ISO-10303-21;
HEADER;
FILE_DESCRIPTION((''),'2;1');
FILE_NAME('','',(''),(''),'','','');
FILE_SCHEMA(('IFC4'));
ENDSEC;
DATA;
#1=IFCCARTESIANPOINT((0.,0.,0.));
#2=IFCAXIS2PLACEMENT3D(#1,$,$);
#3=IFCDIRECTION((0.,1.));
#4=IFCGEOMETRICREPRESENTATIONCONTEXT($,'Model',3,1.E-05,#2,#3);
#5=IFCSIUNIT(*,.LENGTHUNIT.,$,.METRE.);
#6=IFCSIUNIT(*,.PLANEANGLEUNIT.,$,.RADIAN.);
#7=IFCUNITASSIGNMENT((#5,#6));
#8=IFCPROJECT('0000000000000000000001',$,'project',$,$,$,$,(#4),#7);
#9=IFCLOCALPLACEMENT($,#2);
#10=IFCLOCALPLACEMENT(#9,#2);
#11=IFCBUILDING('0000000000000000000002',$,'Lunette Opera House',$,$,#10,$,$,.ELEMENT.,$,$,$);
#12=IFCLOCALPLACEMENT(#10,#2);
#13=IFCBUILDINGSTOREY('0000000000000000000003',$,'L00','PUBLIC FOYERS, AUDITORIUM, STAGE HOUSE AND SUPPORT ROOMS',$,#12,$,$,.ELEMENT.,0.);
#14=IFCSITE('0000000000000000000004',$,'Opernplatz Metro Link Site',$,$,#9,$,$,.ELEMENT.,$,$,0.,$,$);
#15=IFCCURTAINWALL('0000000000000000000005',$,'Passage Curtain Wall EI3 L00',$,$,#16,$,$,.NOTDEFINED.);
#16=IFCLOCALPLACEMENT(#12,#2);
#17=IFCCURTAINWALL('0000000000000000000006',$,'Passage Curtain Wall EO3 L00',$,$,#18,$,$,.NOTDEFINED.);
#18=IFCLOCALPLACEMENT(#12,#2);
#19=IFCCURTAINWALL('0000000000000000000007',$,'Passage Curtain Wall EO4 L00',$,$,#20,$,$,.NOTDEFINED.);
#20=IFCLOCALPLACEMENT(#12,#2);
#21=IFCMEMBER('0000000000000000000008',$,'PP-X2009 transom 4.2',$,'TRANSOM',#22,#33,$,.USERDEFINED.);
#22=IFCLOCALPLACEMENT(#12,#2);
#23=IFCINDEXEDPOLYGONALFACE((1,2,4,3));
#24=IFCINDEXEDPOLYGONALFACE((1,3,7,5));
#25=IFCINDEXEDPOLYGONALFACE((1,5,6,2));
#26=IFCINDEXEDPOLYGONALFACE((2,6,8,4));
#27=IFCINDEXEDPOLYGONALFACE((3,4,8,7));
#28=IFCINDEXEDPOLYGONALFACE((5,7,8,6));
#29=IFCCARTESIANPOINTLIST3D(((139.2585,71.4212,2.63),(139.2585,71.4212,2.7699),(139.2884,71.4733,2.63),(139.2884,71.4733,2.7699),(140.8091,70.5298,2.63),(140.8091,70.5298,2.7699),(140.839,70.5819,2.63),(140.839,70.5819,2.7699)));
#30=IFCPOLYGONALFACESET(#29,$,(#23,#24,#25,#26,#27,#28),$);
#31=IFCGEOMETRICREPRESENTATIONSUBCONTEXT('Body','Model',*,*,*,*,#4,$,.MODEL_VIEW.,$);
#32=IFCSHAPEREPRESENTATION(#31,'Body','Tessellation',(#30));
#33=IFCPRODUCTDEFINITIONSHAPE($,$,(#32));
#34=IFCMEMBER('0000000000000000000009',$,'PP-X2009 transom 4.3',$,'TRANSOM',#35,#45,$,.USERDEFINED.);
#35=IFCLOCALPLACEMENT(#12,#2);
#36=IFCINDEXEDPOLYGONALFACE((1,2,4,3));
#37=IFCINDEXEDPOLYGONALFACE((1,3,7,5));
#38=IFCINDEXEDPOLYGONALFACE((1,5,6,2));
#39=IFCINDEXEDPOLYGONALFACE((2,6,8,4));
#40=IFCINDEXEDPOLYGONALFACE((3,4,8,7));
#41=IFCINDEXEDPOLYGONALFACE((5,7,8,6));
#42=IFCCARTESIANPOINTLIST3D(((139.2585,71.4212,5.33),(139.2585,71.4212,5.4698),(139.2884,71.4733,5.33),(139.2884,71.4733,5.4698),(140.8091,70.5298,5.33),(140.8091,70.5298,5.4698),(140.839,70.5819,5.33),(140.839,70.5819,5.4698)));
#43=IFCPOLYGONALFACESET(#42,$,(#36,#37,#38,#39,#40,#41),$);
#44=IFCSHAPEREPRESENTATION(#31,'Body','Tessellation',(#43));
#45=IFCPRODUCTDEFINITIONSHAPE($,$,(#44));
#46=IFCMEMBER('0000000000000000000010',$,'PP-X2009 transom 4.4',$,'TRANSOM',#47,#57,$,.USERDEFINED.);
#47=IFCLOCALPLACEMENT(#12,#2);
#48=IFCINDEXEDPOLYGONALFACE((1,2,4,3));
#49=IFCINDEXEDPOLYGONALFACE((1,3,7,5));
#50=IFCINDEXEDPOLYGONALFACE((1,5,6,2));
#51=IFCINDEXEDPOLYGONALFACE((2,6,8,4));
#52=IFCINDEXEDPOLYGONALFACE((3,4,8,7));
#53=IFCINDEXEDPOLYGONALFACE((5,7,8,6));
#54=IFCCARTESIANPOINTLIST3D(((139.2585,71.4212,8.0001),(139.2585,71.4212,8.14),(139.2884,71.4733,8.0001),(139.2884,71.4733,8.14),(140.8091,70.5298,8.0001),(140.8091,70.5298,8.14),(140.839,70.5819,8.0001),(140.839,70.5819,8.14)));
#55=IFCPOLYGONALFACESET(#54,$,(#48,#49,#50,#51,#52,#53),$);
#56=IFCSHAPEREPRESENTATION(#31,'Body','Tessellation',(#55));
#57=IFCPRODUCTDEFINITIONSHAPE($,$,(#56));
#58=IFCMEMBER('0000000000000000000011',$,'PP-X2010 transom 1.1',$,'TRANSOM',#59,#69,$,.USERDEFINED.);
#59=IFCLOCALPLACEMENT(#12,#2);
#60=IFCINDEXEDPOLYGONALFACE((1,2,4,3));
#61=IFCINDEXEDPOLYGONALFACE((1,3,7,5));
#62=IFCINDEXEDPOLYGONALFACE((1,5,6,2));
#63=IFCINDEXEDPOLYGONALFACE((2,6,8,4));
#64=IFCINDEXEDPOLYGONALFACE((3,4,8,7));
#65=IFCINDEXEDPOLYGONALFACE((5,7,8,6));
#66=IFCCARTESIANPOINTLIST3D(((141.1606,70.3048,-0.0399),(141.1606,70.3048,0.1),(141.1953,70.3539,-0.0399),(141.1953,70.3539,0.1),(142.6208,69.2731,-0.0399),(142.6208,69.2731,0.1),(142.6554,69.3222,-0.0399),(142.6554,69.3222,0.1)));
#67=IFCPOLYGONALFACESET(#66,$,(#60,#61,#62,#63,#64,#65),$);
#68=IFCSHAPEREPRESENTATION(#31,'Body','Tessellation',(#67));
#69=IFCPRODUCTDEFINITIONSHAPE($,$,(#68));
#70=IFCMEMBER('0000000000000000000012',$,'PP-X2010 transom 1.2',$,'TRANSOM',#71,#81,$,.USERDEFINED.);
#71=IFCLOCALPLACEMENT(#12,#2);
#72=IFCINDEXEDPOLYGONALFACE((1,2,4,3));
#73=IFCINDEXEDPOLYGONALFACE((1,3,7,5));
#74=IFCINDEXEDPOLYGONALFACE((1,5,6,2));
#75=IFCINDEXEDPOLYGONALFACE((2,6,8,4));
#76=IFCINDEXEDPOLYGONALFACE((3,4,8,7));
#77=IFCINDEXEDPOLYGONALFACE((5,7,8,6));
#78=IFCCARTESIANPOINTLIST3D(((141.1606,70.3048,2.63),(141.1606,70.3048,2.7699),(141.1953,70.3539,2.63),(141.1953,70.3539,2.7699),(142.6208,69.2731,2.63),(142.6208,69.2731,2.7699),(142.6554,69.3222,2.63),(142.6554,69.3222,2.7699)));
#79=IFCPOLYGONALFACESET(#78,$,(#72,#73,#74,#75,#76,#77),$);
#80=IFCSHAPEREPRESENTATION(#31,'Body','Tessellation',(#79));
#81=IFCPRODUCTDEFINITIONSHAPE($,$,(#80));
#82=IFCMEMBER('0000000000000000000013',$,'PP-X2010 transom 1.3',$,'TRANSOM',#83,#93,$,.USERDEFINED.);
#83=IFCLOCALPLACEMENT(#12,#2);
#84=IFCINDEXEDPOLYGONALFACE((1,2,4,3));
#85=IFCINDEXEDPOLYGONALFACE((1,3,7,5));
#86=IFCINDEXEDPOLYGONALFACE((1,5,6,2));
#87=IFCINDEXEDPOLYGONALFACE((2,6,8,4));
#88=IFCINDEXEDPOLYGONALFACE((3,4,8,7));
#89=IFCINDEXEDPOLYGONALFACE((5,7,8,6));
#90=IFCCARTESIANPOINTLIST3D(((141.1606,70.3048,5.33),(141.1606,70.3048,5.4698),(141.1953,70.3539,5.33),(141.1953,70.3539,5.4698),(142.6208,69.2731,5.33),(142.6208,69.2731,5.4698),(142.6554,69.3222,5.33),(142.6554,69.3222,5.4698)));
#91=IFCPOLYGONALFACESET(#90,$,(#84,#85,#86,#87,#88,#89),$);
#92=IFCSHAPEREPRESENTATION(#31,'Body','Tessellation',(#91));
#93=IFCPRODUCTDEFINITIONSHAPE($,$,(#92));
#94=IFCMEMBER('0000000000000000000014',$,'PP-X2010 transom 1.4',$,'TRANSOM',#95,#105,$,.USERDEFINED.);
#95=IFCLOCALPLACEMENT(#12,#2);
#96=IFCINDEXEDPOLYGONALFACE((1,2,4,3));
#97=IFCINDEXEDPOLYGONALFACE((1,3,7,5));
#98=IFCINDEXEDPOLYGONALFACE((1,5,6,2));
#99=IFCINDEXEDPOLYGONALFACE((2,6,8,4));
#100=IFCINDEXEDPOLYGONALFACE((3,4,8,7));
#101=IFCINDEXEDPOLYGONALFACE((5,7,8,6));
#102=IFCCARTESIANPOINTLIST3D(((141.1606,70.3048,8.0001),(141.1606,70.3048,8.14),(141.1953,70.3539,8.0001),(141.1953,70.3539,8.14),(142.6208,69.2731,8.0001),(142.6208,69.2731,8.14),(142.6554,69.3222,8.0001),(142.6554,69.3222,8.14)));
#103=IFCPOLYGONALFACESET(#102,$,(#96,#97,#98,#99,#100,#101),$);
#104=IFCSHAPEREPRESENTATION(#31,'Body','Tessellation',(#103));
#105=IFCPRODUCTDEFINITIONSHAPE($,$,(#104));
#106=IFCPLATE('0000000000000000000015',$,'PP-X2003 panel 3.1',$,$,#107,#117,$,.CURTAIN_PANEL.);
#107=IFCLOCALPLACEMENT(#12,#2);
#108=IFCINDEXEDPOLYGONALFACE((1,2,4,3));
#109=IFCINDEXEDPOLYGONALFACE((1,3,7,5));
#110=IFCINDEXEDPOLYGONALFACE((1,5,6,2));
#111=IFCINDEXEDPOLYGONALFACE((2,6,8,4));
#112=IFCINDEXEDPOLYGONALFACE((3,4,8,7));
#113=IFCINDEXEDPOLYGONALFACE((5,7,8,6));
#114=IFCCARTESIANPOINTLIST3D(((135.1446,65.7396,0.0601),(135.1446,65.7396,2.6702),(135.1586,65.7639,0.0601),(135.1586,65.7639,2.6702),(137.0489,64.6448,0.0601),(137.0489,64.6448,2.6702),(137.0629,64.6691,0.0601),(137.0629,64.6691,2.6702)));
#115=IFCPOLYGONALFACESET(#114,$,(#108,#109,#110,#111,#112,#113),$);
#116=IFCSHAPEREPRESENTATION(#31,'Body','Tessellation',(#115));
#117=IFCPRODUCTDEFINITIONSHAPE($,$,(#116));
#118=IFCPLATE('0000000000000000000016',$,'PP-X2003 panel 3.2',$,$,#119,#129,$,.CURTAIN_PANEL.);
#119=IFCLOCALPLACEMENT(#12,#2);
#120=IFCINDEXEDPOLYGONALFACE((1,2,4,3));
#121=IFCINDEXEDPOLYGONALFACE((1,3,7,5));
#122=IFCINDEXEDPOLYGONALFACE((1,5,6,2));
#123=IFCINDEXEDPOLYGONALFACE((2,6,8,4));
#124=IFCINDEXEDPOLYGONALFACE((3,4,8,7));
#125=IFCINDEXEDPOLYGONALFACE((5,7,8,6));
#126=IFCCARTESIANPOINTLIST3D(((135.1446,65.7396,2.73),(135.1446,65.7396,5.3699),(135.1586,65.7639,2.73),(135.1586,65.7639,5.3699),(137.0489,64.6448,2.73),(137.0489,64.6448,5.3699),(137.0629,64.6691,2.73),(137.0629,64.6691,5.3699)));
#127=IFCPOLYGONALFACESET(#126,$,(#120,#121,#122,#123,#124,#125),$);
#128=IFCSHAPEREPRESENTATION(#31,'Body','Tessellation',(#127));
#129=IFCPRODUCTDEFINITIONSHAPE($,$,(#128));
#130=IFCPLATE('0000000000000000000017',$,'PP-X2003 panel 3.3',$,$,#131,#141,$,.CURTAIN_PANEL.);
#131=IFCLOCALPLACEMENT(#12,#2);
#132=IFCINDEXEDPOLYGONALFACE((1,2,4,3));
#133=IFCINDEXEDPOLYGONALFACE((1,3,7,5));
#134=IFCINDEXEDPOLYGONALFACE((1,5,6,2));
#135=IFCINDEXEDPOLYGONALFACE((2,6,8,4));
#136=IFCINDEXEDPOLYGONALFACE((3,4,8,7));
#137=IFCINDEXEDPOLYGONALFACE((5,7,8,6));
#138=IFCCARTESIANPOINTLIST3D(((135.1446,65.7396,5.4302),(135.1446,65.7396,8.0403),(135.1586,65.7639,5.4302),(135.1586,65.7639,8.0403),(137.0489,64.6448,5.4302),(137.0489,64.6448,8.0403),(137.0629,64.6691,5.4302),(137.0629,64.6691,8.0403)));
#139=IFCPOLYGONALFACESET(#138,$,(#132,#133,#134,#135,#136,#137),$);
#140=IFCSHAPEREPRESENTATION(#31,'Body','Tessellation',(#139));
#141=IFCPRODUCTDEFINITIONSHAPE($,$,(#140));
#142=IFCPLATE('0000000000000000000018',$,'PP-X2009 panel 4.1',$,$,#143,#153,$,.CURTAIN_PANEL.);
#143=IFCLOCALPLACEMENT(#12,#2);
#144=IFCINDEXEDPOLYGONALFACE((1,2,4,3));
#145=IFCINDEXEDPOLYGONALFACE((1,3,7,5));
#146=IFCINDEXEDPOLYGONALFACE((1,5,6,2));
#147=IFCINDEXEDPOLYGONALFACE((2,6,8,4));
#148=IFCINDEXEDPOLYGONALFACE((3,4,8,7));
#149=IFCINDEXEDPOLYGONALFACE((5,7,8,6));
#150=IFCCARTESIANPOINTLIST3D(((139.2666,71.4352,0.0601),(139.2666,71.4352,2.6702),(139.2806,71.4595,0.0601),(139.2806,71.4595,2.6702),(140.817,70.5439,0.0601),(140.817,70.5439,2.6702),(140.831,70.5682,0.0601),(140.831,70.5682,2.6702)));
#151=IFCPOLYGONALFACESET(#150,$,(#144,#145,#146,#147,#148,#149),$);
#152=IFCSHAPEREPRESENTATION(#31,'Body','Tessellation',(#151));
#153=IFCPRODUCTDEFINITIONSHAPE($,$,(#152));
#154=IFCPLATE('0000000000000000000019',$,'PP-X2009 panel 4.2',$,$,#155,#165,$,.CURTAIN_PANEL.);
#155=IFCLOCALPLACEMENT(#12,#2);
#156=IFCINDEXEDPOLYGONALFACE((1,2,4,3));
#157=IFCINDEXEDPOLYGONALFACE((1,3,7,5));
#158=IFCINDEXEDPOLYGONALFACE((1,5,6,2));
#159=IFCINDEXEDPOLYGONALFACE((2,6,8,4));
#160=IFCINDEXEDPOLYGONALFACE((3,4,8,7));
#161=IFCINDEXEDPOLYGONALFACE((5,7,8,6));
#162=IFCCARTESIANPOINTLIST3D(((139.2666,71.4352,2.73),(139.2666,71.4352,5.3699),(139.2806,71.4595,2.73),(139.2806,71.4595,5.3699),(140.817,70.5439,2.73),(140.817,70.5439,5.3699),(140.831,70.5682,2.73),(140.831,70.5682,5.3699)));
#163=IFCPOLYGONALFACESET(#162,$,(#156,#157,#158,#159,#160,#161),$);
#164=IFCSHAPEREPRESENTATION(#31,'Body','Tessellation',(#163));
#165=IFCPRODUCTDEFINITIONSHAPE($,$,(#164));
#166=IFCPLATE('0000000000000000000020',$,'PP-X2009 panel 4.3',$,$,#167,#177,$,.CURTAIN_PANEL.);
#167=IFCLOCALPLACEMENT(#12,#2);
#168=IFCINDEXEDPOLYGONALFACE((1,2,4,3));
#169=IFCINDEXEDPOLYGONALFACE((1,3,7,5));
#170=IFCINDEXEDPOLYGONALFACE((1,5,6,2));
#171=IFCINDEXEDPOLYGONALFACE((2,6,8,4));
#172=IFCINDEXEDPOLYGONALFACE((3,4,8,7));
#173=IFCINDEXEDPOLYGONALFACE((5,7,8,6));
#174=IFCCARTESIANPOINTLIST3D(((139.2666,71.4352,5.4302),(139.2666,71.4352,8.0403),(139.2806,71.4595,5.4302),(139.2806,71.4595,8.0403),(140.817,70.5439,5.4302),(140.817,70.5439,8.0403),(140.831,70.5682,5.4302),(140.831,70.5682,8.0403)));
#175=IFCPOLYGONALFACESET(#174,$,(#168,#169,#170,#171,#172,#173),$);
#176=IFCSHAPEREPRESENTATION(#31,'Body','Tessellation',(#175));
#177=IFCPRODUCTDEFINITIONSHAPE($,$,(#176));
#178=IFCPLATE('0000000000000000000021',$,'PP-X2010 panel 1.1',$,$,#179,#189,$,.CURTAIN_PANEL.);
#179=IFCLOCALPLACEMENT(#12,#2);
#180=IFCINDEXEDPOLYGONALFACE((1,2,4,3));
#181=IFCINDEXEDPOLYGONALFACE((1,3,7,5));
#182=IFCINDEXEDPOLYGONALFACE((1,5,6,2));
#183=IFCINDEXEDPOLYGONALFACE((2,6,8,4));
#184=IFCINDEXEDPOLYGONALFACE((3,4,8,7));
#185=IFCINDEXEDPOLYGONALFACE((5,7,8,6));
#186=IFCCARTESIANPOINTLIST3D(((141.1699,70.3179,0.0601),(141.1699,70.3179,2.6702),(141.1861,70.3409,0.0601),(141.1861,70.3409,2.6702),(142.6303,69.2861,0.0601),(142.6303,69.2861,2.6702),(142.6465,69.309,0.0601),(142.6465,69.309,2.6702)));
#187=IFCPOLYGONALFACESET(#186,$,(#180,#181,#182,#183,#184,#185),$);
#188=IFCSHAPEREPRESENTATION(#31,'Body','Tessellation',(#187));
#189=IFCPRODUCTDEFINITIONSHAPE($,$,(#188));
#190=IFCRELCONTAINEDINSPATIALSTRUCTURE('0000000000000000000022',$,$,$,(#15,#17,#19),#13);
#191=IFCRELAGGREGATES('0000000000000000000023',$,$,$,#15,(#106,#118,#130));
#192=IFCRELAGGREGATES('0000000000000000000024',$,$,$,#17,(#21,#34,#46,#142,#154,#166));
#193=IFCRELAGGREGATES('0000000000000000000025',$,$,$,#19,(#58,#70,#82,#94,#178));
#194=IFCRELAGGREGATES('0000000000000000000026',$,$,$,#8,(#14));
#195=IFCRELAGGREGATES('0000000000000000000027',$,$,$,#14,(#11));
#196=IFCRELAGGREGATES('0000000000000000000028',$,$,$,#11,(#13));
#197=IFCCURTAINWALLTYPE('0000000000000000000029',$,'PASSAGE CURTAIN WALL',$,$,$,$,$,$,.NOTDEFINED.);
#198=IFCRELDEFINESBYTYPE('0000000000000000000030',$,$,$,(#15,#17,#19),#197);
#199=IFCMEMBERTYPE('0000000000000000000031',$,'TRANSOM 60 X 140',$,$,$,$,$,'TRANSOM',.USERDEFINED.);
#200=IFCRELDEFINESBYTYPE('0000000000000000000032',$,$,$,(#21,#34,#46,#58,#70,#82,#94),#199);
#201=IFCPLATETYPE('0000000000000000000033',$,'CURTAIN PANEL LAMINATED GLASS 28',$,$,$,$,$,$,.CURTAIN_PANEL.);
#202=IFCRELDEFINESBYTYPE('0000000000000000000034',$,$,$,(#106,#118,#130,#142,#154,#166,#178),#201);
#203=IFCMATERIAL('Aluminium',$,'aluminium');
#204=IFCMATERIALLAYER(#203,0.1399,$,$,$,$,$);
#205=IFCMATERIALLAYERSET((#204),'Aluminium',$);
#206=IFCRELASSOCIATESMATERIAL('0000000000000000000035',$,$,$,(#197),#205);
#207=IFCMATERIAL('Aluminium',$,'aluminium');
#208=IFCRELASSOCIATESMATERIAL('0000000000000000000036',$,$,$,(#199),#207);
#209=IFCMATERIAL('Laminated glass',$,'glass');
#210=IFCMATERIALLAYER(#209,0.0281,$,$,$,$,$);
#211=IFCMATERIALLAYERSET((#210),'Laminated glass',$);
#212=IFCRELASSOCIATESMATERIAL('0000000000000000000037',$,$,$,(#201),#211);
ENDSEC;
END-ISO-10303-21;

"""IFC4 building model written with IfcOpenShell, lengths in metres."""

from ifc_helpers import new_model, si_unit, direction, frame, origin, origin_2d, place, context, subcontext, project, spatial, rectangle, extrude, material, layer, layer_set, material_profile, profile_set, type_object, element, aggregate, save


model = new_model("IFC4")

# Units and contexts
model_context = context("Model", 3, precision=1e-05, world=origin(), true_north=direction((0.0, 1.0)))
body_context = subcontext(model_context, "Body", "Model", "MODEL_VIEW")
ifc_project = project(units=[si_unit("LENGTHUNIT", "METRE"), si_unit("PLANEANGLEUNIT", "RADIAN")], contexts=[model_context])

# Site, building, storey
site_placement = place(None, origin())
site = spatial("IfcSite", under=ifc_project, at=site_placement, Name="Opernplatz Metro Link Site", CompositionType="ELEMENT", RefElevation=0.0)
building_placement = place(site_placement, origin())
building = spatial("IfcBuilding", under=site, at=building_placement, Name="Lunette Opera House", CompositionType="ELEMENT")
storey_placement = place(building_placement, origin())
storey = spatial("IfcBuildingStorey", under=building, at=storey_placement, Name="L00", Description="PUBLIC FOYERS, AUDITORIUM, STAGE HOUSE AND SUPPORT ROOMS", CompositionType="ELEMENT", Elevation=0.0)

# Curtain wall
ifc_material_1 = material(Name="Aluminium", Category="aluminium")
ifc_layer_1 = layer(ifc_material_1, 0.1399)
ifc_layer_set_1 = layer_set([ifc_layer_1], Name="Aluminium")
curtain_wall_type = type_object("IfcCurtainWallType", Name="PASSAGE CURTAIN WALL", PredefinedType="NOTDEFINED", material=ifc_layer_set_1)
curtain_wall_1_placement = place(storey_placement, origin())
curtain_wall_1 = element("IfcCurtainWall", 1, at=curtain_wall_1_placement, inside=storey, type_object=curtain_wall_type, Name="Passage Curtain Wall EI3 L00", PredefinedType="NOTDEFINED")

# Curtain wall
curtain_wall_2_placement = place(storey_placement, origin())
curtain_wall_2 = element("IfcCurtainWall", 2, at=curtain_wall_2_placement, inside=storey, type_object=curtain_wall_type, Name="Passage Curtain Wall EO3 L00", PredefinedType="NOTDEFINED")

# Curtain wall
curtain_wall_3_placement = place(storey_placement, origin())
curtain_wall_3 = element("IfcCurtainWall", 3, at=curtain_wall_3_placement, inside=storey, type_object=curtain_wall_type, Name="Passage Curtain Wall EO4 L00", PredefinedType="NOTDEFINED")

# Members
ifc_material_2 = material(Name="Aluminium", Category="aluminium")
ifc_material_profile_1 = material_profile(ifc_material_2, rectangle(XDim=0.0601, YDim=0.1399, at=origin_2d()), Name="TRANSOM 60 X 140")
ifc_profile_set_1 = profile_set([ifc_material_profile_1], Name="Aluminium")
member_type_1 = type_object("IfcMemberType", Name="TRANSOM 60 X 140", ElementType="TRANSOM", PredefinedType="USERDEFINED", material=ifc_profile_set_1)
member_1_placement = place(storey_placement, frame((139.2734, 71.4473, 2.7), z_axis=(0.866955, -0.498386, 0.0), x_axis=(0.498386, 0.866955, 0.0)))
member_1 = element("IfcMember", 4, at=member_1_placement, type_object=member_type_1, Name="PP-X2009 transom 4.2", ObjectType="TRANSOM", PredefinedType="USERDEFINED", context=body_context, shape_type="SweptSolid", body=[
    extrude(rectangle(XDim=0.0601, YDim=0.1399, at=origin_2d()), origin(), (0.0, 0.0, 1.0), 1.7886),
])
member_2_placement = place(storey_placement, frame((139.2734, 71.4473, 5.3999), z_axis=(0.866955, -0.498386, 0.0), x_axis=(0.498386, 0.866955, 0.0)))
member_2 = element("IfcMember", 5, at=member_2_placement, type_object=member_type_1, Name="PP-X2009 transom 4.3", ObjectType="TRANSOM", PredefinedType="USERDEFINED", context=body_context, shape_type="SweptSolid", body=[
    extrude(rectangle(XDim=0.0601, YDim=0.1399, at=origin_2d()), origin(), (0.0, 0.0, 1.0), 1.7886),
])
member_3_placement = place(storey_placement, frame((139.2734, 71.4473, 8.0701), z_axis=(0.866955, -0.498386, 0.0), x_axis=(0.498386, 0.866955, 0.0)))
member_3 = element("IfcMember", 6, at=member_3_placement, type_object=member_type_1, Name="PP-X2009 transom 4.4", ObjectType="TRANSOM", PredefinedType="USERDEFINED", context=body_context, shape_type="SweptSolid", body=[
    extrude(rectangle(XDim=0.0601, YDim=0.1399, at=origin_2d()), origin(), (0.0, 0.0, 1.0), 1.7886),
])
member_4_placement = place(storey_placement, frame((141.178, 70.3293, 0.03), z_axis=(0.816703, -0.577058, 0.0), x_axis=(0.577058, 0.816703, 0.0)))
member_4 = element("IfcMember", 7, at=member_4_placement, type_object=member_type_1, Name="PP-X2010 transom 1.1", ObjectType="TRANSOM", PredefinedType="USERDEFINED", context=body_context, shape_type="SweptSolid", body=[
    extrude(rectangle(XDim=0.0601, YDim=0.1399, at=origin_2d()), origin(), (0.0, 0.0, 1.0), 1.7878),
])
member_5_placement = place(storey_placement, frame((141.178, 70.3293, 2.7), z_axis=(0.816703, -0.577058, 0.0), x_axis=(0.577058, 0.816703, 0.0)))
member_5 = element("IfcMember", 8, at=member_5_placement, type_object=member_type_1, Name="PP-X2010 transom 1.2", ObjectType="TRANSOM", PredefinedType="USERDEFINED", context=body_context, shape_type="SweptSolid", body=[
    extrude(rectangle(XDim=0.0601, YDim=0.1399, at=origin_2d()), origin(), (0.0, 0.0, 1.0), 1.7878),
])
member_6_placement = place(storey_placement, frame((141.178, 70.3293, 5.3999), z_axis=(0.816703, -0.577058, 0.0), x_axis=(0.577058, 0.816703, 0.0)))
member_6 = element("IfcMember", 9, at=member_6_placement, type_object=member_type_1, Name="PP-X2010 transom 1.3", ObjectType="TRANSOM", PredefinedType="USERDEFINED", context=body_context, shape_type="SweptSolid", body=[
    extrude(rectangle(XDim=0.0601, YDim=0.1399, at=origin_2d()), origin(), (0.0, 0.0, 1.0), 1.7878),
])
member_7_placement = place(storey_placement, frame((141.178, 70.3293, 8.0701), z_axis=(0.816703, -0.577058, 0.0), x_axis=(0.577058, 0.816703, 0.0)))
member_7 = element("IfcMember", 10, at=member_7_placement, type_object=member_type_1, Name="PP-X2010 transom 1.4", ObjectType="TRANSOM", PredefinedType="USERDEFINED", context=body_context, shape_type="SweptSolid", body=[
    extrude(rectangle(XDim=0.0601, YDim=0.1399, at=origin_2d()), origin(), (0.0, 0.0, 1.0), 1.7878),
])

# Plates
ifc_material_3 = material(Name="Laminated glass", Category="glass")
ifc_layer_2 = layer(ifc_material_3, 0.0281)
ifc_layer_set_2 = layer_set([ifc_layer_2], Name="Laminated glass")
plate_type_1 = type_object("IfcPlateType", Name="CURTAIN PANEL LAMINATED GLASS 28", PredefinedType="CURTAIN_PANEL", material=ifc_layer_set_2)
plate_1_placement = place(storey_placement, frame((136.1038, 65.2043, 0.0601), z_axis=(0.0, 0.0, 1.0), x_axis=(0.866939, -0.498414, 0.0)))
plate_1 = element("IfcPlate", 11, at=plate_1_placement, type_object=plate_type_1, Name="PP-X2003 panel 3.1", PredefinedType="CURTAIN_PANEL", context=body_context, shape_type="SweptSolid", body=[
    extrude(rectangle(XDim=2.1965, YDim=0.0281, at=origin_2d()), origin(), (0.0, 0.0, 1.0), 2.6101),
])
plate_2_placement = place(storey_placement, frame((136.1038, 65.2043, 2.73), z_axis=(0.0, 0.0, 1.0), x_axis=(0.866939, -0.498414, 0.0)))
plate_2 = element("IfcPlate", 12, at=plate_2_placement, type_object=plate_type_1, Name="PP-X2003 panel 3.2", PredefinedType="CURTAIN_PANEL", context=body_context, shape_type="SweptSolid", body=[
    extrude(rectangle(XDim=2.1965, YDim=0.0281, at=origin_2d()), origin(), (0.0, 0.0, 1.0), 2.6399),
])
plate_3_placement = place(storey_placement, frame((136.1038, 65.2043, 5.4302), z_axis=(0.0, 0.0, 1.0), x_axis=(0.866939, -0.498414, 0.0)))
plate_3 = element("IfcPlate", 13, at=plate_3_placement, type_object=plate_type_1, Name="PP-X2003 panel 3.3", PredefinedType="CURTAIN_PANEL", context=body_context, shape_type="SweptSolid", body=[
    extrude(rectangle(XDim=2.1965, YDim=0.0281, at=origin_2d()), origin(), (0.0, 0.0, 1.0), 2.6101),
])
aggregate(curtain_wall_1, [plate_1, plate_2, plate_3])
plate_4_placement = place(storey_placement, frame((140.0488, 71.0017, 0.0601), z_axis=(0.0, 0.0, 1.0), x_axis=(0.866938, -0.498416, 0.0)))
plate_4 = element("IfcPlate", 14, at=plate_4_placement, type_object=plate_type_1, Name="PP-X2009 panel 4.1", PredefinedType="CURTAIN_PANEL", context=body_context, shape_type="SweptSolid", body=[
    extrude(rectangle(XDim=1.7883, YDim=0.0281, at=origin_2d()), origin(), (0.0, 0.0, 1.0), 2.6101),
])
plate_5_placement = place(storey_placement, frame((140.0488, 71.0017, 2.73), z_axis=(0.0, 0.0, 1.0), x_axis=(0.866938, -0.498416, 0.0)))
plate_5 = element("IfcPlate", 15, at=plate_5_placement, type_object=plate_type_1, Name="PP-X2009 panel 4.2", PredefinedType="CURTAIN_PANEL", context=body_context, shape_type="SweptSolid", body=[
    extrude(rectangle(XDim=1.7883, YDim=0.0281, at=origin_2d()), origin(), (0.0, 0.0, 1.0), 2.6399),
])
plate_6_placement = place(storey_placement, frame((140.0488, 71.0017, 5.4302), z_axis=(0.0, 0.0, 1.0), x_axis=(0.866938, -0.498416, 0.0)))
plate_6 = element("IfcPlate", 16, at=plate_6_placement, type_object=plate_type_1, Name="PP-X2009 panel 4.3", PredefinedType="CURTAIN_PANEL", context=body_context, shape_type="SweptSolid", body=[
    extrude(rectangle(XDim=1.7883, YDim=0.0281, at=origin_2d()), origin(), (0.0, 0.0, 1.0), 2.6101),
])
aggregate(curtain_wall_2, [member_1, member_2, member_3, plate_4, plate_5, plate_6])
plate_7_placement = place(storey_placement, frame((141.9082, 69.8135, 0.0601), z_axis=(0.0, 0.0, 1.0), x_axis=(0.816691, -0.577075, 0.0)))
plate_7 = element("IfcPlate", 17, at=plate_7_placement, type_object=plate_type_1, Name="PP-X2010 panel 1.1", PredefinedType="CURTAIN_PANEL", context=body_context, shape_type="SweptSolid", body=[
    extrude(rectangle(XDim=1.7881, YDim=0.0281, at=origin_2d()), origin(), (0.0, 0.0, 1.0), 2.6101),
])
aggregate(curtain_wall_3, [member_4, member_5, member_6, member_7, plate_7])

save(model, "model.ifc")
